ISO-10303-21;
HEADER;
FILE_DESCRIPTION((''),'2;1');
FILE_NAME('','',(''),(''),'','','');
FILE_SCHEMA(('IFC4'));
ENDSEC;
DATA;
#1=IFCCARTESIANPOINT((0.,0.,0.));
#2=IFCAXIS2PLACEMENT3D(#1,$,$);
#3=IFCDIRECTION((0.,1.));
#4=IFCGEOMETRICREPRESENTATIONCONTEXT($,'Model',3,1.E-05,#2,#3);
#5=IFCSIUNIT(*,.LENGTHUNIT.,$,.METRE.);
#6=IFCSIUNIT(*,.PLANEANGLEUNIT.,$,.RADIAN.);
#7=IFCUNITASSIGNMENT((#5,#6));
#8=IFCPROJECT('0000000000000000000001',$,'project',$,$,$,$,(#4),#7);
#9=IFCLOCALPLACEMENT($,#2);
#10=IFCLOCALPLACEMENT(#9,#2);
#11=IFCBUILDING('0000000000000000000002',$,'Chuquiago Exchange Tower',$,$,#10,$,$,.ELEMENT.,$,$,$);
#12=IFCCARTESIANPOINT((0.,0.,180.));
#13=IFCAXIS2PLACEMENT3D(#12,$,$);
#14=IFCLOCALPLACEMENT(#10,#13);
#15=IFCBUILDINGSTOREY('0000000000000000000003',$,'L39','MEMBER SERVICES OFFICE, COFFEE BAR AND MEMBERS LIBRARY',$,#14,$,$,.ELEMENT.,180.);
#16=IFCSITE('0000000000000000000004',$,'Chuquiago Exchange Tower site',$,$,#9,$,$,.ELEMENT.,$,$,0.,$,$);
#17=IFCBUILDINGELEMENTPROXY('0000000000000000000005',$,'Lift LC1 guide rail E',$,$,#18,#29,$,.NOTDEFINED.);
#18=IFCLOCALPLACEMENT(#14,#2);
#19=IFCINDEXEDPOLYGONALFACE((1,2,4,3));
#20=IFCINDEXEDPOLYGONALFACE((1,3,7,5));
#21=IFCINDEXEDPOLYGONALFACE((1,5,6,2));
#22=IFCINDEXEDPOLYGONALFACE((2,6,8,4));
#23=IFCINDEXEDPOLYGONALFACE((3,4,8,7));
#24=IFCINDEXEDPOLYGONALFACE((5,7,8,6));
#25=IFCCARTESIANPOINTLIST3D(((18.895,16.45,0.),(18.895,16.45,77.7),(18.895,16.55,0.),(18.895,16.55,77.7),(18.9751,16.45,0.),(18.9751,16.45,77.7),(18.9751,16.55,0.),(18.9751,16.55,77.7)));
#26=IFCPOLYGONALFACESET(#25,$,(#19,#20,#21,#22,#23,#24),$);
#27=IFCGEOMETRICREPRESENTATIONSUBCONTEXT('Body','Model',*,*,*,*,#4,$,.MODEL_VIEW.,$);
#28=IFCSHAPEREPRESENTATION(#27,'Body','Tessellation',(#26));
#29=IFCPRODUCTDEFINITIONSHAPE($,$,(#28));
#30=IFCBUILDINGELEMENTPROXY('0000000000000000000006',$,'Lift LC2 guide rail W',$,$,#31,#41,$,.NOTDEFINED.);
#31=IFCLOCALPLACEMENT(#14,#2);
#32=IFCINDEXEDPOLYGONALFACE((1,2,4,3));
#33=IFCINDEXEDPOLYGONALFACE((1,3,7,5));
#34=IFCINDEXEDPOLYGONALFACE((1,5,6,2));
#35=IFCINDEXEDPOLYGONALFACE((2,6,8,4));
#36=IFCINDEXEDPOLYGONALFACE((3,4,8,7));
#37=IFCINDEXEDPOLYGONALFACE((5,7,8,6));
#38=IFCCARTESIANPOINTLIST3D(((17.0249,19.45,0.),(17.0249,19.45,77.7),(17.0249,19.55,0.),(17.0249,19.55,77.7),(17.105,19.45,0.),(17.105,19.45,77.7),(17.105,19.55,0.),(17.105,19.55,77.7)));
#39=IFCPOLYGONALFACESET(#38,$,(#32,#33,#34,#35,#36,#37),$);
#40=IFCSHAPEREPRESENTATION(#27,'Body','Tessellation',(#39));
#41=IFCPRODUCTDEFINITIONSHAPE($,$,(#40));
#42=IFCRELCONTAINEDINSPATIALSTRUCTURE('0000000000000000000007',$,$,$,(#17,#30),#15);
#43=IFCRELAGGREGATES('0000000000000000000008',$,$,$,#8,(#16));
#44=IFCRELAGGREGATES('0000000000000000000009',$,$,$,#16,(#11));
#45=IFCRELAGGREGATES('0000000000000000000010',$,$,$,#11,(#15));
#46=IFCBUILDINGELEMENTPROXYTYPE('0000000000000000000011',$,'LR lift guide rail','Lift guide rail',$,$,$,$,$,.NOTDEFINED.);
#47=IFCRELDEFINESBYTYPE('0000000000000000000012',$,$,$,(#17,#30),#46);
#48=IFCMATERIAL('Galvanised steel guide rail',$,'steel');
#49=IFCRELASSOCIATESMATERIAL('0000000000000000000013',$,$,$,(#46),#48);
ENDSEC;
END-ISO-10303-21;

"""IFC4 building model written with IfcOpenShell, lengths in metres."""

from ifc_helpers import new_model, si_unit, direction, frame, origin, origin_2d, place, context, subcontext, project, spatial, rectangle, extrude, material, type_object, element, save


model = new_model("IFC4")

# Units and contexts
model_context = context("Model", 3, precision=1e-05, world=origin(), true_north=direction((0.0, 1.0)))
body_context = subcontext(model_context, "Body", "Model", "MODEL_VIEW")
ifc_project = project(units=[si_unit("LENGTHUNIT", "METRE"), si_unit("PLANEANGLEUNIT", "RADIAN")], contexts=[model_context])

# Site, building, storey
site_placement = place(None, origin())
site = spatial("IfcSite", under=ifc_project, at=site_placement, Name="Chuquiago Exchange Tower site", CompositionType="ELEMENT", RefElevation=0.0)
building_placement = place(site_placement, origin())
building = spatial("IfcBuilding", under=site, at=building_placement, Name="Chuquiago Exchange Tower", CompositionType="ELEMENT")
storey_placement = place(building_placement, frame((0.0, 0.0, 180.0)))
storey = spatial("IfcBuildingStorey", under=building, at=storey_placement, Name="L39", Description="MEMBER SERVICES OFFICE, COFFEE BAR AND MEMBERS LIBRARY", CompositionType="ELEMENT", Elevation=180.0)

# Building element proxies
ifc_material_1 = material(Name="Galvanised steel guide rail", Category="steel")
building_element_proxy_type = type_object("IfcBuildingElementProxyType", Name="LR lift guide rail", Description="Lift guide rail", PredefinedType="NOTDEFINED", material=ifc_material_1)
for number, where, z_axis, x_axis, name in (
    (1, (18.9351, 16.5, 0.0), (0.0, 0.0, 1.0), (1.0, 0.0, 0.0), "Lift LC1 guide rail E"),
    (2, (17.0649, 19.5, 0.0), (0.0, 0.0, 1.0), (1.0, 0.0, 0.0), "Lift LC2 guide rail W"),
):
    element("IfcBuildingElementProxy", number, at=place(storey_placement, frame(where, z_axis=z_axis, x_axis=x_axis)), inside=storey, type_object=building_element_proxy_type, Name=name, PredefinedType="NOTDEFINED", context=body_context, shape_type="SweptSolid", body=[
        extrude(rectangle(XDim=0.0801, YDim=0.1001, at=origin_2d()), origin(), (0.0, 0.0, 1.0), 77.7),
    ])

save(model, "model.ifc")
